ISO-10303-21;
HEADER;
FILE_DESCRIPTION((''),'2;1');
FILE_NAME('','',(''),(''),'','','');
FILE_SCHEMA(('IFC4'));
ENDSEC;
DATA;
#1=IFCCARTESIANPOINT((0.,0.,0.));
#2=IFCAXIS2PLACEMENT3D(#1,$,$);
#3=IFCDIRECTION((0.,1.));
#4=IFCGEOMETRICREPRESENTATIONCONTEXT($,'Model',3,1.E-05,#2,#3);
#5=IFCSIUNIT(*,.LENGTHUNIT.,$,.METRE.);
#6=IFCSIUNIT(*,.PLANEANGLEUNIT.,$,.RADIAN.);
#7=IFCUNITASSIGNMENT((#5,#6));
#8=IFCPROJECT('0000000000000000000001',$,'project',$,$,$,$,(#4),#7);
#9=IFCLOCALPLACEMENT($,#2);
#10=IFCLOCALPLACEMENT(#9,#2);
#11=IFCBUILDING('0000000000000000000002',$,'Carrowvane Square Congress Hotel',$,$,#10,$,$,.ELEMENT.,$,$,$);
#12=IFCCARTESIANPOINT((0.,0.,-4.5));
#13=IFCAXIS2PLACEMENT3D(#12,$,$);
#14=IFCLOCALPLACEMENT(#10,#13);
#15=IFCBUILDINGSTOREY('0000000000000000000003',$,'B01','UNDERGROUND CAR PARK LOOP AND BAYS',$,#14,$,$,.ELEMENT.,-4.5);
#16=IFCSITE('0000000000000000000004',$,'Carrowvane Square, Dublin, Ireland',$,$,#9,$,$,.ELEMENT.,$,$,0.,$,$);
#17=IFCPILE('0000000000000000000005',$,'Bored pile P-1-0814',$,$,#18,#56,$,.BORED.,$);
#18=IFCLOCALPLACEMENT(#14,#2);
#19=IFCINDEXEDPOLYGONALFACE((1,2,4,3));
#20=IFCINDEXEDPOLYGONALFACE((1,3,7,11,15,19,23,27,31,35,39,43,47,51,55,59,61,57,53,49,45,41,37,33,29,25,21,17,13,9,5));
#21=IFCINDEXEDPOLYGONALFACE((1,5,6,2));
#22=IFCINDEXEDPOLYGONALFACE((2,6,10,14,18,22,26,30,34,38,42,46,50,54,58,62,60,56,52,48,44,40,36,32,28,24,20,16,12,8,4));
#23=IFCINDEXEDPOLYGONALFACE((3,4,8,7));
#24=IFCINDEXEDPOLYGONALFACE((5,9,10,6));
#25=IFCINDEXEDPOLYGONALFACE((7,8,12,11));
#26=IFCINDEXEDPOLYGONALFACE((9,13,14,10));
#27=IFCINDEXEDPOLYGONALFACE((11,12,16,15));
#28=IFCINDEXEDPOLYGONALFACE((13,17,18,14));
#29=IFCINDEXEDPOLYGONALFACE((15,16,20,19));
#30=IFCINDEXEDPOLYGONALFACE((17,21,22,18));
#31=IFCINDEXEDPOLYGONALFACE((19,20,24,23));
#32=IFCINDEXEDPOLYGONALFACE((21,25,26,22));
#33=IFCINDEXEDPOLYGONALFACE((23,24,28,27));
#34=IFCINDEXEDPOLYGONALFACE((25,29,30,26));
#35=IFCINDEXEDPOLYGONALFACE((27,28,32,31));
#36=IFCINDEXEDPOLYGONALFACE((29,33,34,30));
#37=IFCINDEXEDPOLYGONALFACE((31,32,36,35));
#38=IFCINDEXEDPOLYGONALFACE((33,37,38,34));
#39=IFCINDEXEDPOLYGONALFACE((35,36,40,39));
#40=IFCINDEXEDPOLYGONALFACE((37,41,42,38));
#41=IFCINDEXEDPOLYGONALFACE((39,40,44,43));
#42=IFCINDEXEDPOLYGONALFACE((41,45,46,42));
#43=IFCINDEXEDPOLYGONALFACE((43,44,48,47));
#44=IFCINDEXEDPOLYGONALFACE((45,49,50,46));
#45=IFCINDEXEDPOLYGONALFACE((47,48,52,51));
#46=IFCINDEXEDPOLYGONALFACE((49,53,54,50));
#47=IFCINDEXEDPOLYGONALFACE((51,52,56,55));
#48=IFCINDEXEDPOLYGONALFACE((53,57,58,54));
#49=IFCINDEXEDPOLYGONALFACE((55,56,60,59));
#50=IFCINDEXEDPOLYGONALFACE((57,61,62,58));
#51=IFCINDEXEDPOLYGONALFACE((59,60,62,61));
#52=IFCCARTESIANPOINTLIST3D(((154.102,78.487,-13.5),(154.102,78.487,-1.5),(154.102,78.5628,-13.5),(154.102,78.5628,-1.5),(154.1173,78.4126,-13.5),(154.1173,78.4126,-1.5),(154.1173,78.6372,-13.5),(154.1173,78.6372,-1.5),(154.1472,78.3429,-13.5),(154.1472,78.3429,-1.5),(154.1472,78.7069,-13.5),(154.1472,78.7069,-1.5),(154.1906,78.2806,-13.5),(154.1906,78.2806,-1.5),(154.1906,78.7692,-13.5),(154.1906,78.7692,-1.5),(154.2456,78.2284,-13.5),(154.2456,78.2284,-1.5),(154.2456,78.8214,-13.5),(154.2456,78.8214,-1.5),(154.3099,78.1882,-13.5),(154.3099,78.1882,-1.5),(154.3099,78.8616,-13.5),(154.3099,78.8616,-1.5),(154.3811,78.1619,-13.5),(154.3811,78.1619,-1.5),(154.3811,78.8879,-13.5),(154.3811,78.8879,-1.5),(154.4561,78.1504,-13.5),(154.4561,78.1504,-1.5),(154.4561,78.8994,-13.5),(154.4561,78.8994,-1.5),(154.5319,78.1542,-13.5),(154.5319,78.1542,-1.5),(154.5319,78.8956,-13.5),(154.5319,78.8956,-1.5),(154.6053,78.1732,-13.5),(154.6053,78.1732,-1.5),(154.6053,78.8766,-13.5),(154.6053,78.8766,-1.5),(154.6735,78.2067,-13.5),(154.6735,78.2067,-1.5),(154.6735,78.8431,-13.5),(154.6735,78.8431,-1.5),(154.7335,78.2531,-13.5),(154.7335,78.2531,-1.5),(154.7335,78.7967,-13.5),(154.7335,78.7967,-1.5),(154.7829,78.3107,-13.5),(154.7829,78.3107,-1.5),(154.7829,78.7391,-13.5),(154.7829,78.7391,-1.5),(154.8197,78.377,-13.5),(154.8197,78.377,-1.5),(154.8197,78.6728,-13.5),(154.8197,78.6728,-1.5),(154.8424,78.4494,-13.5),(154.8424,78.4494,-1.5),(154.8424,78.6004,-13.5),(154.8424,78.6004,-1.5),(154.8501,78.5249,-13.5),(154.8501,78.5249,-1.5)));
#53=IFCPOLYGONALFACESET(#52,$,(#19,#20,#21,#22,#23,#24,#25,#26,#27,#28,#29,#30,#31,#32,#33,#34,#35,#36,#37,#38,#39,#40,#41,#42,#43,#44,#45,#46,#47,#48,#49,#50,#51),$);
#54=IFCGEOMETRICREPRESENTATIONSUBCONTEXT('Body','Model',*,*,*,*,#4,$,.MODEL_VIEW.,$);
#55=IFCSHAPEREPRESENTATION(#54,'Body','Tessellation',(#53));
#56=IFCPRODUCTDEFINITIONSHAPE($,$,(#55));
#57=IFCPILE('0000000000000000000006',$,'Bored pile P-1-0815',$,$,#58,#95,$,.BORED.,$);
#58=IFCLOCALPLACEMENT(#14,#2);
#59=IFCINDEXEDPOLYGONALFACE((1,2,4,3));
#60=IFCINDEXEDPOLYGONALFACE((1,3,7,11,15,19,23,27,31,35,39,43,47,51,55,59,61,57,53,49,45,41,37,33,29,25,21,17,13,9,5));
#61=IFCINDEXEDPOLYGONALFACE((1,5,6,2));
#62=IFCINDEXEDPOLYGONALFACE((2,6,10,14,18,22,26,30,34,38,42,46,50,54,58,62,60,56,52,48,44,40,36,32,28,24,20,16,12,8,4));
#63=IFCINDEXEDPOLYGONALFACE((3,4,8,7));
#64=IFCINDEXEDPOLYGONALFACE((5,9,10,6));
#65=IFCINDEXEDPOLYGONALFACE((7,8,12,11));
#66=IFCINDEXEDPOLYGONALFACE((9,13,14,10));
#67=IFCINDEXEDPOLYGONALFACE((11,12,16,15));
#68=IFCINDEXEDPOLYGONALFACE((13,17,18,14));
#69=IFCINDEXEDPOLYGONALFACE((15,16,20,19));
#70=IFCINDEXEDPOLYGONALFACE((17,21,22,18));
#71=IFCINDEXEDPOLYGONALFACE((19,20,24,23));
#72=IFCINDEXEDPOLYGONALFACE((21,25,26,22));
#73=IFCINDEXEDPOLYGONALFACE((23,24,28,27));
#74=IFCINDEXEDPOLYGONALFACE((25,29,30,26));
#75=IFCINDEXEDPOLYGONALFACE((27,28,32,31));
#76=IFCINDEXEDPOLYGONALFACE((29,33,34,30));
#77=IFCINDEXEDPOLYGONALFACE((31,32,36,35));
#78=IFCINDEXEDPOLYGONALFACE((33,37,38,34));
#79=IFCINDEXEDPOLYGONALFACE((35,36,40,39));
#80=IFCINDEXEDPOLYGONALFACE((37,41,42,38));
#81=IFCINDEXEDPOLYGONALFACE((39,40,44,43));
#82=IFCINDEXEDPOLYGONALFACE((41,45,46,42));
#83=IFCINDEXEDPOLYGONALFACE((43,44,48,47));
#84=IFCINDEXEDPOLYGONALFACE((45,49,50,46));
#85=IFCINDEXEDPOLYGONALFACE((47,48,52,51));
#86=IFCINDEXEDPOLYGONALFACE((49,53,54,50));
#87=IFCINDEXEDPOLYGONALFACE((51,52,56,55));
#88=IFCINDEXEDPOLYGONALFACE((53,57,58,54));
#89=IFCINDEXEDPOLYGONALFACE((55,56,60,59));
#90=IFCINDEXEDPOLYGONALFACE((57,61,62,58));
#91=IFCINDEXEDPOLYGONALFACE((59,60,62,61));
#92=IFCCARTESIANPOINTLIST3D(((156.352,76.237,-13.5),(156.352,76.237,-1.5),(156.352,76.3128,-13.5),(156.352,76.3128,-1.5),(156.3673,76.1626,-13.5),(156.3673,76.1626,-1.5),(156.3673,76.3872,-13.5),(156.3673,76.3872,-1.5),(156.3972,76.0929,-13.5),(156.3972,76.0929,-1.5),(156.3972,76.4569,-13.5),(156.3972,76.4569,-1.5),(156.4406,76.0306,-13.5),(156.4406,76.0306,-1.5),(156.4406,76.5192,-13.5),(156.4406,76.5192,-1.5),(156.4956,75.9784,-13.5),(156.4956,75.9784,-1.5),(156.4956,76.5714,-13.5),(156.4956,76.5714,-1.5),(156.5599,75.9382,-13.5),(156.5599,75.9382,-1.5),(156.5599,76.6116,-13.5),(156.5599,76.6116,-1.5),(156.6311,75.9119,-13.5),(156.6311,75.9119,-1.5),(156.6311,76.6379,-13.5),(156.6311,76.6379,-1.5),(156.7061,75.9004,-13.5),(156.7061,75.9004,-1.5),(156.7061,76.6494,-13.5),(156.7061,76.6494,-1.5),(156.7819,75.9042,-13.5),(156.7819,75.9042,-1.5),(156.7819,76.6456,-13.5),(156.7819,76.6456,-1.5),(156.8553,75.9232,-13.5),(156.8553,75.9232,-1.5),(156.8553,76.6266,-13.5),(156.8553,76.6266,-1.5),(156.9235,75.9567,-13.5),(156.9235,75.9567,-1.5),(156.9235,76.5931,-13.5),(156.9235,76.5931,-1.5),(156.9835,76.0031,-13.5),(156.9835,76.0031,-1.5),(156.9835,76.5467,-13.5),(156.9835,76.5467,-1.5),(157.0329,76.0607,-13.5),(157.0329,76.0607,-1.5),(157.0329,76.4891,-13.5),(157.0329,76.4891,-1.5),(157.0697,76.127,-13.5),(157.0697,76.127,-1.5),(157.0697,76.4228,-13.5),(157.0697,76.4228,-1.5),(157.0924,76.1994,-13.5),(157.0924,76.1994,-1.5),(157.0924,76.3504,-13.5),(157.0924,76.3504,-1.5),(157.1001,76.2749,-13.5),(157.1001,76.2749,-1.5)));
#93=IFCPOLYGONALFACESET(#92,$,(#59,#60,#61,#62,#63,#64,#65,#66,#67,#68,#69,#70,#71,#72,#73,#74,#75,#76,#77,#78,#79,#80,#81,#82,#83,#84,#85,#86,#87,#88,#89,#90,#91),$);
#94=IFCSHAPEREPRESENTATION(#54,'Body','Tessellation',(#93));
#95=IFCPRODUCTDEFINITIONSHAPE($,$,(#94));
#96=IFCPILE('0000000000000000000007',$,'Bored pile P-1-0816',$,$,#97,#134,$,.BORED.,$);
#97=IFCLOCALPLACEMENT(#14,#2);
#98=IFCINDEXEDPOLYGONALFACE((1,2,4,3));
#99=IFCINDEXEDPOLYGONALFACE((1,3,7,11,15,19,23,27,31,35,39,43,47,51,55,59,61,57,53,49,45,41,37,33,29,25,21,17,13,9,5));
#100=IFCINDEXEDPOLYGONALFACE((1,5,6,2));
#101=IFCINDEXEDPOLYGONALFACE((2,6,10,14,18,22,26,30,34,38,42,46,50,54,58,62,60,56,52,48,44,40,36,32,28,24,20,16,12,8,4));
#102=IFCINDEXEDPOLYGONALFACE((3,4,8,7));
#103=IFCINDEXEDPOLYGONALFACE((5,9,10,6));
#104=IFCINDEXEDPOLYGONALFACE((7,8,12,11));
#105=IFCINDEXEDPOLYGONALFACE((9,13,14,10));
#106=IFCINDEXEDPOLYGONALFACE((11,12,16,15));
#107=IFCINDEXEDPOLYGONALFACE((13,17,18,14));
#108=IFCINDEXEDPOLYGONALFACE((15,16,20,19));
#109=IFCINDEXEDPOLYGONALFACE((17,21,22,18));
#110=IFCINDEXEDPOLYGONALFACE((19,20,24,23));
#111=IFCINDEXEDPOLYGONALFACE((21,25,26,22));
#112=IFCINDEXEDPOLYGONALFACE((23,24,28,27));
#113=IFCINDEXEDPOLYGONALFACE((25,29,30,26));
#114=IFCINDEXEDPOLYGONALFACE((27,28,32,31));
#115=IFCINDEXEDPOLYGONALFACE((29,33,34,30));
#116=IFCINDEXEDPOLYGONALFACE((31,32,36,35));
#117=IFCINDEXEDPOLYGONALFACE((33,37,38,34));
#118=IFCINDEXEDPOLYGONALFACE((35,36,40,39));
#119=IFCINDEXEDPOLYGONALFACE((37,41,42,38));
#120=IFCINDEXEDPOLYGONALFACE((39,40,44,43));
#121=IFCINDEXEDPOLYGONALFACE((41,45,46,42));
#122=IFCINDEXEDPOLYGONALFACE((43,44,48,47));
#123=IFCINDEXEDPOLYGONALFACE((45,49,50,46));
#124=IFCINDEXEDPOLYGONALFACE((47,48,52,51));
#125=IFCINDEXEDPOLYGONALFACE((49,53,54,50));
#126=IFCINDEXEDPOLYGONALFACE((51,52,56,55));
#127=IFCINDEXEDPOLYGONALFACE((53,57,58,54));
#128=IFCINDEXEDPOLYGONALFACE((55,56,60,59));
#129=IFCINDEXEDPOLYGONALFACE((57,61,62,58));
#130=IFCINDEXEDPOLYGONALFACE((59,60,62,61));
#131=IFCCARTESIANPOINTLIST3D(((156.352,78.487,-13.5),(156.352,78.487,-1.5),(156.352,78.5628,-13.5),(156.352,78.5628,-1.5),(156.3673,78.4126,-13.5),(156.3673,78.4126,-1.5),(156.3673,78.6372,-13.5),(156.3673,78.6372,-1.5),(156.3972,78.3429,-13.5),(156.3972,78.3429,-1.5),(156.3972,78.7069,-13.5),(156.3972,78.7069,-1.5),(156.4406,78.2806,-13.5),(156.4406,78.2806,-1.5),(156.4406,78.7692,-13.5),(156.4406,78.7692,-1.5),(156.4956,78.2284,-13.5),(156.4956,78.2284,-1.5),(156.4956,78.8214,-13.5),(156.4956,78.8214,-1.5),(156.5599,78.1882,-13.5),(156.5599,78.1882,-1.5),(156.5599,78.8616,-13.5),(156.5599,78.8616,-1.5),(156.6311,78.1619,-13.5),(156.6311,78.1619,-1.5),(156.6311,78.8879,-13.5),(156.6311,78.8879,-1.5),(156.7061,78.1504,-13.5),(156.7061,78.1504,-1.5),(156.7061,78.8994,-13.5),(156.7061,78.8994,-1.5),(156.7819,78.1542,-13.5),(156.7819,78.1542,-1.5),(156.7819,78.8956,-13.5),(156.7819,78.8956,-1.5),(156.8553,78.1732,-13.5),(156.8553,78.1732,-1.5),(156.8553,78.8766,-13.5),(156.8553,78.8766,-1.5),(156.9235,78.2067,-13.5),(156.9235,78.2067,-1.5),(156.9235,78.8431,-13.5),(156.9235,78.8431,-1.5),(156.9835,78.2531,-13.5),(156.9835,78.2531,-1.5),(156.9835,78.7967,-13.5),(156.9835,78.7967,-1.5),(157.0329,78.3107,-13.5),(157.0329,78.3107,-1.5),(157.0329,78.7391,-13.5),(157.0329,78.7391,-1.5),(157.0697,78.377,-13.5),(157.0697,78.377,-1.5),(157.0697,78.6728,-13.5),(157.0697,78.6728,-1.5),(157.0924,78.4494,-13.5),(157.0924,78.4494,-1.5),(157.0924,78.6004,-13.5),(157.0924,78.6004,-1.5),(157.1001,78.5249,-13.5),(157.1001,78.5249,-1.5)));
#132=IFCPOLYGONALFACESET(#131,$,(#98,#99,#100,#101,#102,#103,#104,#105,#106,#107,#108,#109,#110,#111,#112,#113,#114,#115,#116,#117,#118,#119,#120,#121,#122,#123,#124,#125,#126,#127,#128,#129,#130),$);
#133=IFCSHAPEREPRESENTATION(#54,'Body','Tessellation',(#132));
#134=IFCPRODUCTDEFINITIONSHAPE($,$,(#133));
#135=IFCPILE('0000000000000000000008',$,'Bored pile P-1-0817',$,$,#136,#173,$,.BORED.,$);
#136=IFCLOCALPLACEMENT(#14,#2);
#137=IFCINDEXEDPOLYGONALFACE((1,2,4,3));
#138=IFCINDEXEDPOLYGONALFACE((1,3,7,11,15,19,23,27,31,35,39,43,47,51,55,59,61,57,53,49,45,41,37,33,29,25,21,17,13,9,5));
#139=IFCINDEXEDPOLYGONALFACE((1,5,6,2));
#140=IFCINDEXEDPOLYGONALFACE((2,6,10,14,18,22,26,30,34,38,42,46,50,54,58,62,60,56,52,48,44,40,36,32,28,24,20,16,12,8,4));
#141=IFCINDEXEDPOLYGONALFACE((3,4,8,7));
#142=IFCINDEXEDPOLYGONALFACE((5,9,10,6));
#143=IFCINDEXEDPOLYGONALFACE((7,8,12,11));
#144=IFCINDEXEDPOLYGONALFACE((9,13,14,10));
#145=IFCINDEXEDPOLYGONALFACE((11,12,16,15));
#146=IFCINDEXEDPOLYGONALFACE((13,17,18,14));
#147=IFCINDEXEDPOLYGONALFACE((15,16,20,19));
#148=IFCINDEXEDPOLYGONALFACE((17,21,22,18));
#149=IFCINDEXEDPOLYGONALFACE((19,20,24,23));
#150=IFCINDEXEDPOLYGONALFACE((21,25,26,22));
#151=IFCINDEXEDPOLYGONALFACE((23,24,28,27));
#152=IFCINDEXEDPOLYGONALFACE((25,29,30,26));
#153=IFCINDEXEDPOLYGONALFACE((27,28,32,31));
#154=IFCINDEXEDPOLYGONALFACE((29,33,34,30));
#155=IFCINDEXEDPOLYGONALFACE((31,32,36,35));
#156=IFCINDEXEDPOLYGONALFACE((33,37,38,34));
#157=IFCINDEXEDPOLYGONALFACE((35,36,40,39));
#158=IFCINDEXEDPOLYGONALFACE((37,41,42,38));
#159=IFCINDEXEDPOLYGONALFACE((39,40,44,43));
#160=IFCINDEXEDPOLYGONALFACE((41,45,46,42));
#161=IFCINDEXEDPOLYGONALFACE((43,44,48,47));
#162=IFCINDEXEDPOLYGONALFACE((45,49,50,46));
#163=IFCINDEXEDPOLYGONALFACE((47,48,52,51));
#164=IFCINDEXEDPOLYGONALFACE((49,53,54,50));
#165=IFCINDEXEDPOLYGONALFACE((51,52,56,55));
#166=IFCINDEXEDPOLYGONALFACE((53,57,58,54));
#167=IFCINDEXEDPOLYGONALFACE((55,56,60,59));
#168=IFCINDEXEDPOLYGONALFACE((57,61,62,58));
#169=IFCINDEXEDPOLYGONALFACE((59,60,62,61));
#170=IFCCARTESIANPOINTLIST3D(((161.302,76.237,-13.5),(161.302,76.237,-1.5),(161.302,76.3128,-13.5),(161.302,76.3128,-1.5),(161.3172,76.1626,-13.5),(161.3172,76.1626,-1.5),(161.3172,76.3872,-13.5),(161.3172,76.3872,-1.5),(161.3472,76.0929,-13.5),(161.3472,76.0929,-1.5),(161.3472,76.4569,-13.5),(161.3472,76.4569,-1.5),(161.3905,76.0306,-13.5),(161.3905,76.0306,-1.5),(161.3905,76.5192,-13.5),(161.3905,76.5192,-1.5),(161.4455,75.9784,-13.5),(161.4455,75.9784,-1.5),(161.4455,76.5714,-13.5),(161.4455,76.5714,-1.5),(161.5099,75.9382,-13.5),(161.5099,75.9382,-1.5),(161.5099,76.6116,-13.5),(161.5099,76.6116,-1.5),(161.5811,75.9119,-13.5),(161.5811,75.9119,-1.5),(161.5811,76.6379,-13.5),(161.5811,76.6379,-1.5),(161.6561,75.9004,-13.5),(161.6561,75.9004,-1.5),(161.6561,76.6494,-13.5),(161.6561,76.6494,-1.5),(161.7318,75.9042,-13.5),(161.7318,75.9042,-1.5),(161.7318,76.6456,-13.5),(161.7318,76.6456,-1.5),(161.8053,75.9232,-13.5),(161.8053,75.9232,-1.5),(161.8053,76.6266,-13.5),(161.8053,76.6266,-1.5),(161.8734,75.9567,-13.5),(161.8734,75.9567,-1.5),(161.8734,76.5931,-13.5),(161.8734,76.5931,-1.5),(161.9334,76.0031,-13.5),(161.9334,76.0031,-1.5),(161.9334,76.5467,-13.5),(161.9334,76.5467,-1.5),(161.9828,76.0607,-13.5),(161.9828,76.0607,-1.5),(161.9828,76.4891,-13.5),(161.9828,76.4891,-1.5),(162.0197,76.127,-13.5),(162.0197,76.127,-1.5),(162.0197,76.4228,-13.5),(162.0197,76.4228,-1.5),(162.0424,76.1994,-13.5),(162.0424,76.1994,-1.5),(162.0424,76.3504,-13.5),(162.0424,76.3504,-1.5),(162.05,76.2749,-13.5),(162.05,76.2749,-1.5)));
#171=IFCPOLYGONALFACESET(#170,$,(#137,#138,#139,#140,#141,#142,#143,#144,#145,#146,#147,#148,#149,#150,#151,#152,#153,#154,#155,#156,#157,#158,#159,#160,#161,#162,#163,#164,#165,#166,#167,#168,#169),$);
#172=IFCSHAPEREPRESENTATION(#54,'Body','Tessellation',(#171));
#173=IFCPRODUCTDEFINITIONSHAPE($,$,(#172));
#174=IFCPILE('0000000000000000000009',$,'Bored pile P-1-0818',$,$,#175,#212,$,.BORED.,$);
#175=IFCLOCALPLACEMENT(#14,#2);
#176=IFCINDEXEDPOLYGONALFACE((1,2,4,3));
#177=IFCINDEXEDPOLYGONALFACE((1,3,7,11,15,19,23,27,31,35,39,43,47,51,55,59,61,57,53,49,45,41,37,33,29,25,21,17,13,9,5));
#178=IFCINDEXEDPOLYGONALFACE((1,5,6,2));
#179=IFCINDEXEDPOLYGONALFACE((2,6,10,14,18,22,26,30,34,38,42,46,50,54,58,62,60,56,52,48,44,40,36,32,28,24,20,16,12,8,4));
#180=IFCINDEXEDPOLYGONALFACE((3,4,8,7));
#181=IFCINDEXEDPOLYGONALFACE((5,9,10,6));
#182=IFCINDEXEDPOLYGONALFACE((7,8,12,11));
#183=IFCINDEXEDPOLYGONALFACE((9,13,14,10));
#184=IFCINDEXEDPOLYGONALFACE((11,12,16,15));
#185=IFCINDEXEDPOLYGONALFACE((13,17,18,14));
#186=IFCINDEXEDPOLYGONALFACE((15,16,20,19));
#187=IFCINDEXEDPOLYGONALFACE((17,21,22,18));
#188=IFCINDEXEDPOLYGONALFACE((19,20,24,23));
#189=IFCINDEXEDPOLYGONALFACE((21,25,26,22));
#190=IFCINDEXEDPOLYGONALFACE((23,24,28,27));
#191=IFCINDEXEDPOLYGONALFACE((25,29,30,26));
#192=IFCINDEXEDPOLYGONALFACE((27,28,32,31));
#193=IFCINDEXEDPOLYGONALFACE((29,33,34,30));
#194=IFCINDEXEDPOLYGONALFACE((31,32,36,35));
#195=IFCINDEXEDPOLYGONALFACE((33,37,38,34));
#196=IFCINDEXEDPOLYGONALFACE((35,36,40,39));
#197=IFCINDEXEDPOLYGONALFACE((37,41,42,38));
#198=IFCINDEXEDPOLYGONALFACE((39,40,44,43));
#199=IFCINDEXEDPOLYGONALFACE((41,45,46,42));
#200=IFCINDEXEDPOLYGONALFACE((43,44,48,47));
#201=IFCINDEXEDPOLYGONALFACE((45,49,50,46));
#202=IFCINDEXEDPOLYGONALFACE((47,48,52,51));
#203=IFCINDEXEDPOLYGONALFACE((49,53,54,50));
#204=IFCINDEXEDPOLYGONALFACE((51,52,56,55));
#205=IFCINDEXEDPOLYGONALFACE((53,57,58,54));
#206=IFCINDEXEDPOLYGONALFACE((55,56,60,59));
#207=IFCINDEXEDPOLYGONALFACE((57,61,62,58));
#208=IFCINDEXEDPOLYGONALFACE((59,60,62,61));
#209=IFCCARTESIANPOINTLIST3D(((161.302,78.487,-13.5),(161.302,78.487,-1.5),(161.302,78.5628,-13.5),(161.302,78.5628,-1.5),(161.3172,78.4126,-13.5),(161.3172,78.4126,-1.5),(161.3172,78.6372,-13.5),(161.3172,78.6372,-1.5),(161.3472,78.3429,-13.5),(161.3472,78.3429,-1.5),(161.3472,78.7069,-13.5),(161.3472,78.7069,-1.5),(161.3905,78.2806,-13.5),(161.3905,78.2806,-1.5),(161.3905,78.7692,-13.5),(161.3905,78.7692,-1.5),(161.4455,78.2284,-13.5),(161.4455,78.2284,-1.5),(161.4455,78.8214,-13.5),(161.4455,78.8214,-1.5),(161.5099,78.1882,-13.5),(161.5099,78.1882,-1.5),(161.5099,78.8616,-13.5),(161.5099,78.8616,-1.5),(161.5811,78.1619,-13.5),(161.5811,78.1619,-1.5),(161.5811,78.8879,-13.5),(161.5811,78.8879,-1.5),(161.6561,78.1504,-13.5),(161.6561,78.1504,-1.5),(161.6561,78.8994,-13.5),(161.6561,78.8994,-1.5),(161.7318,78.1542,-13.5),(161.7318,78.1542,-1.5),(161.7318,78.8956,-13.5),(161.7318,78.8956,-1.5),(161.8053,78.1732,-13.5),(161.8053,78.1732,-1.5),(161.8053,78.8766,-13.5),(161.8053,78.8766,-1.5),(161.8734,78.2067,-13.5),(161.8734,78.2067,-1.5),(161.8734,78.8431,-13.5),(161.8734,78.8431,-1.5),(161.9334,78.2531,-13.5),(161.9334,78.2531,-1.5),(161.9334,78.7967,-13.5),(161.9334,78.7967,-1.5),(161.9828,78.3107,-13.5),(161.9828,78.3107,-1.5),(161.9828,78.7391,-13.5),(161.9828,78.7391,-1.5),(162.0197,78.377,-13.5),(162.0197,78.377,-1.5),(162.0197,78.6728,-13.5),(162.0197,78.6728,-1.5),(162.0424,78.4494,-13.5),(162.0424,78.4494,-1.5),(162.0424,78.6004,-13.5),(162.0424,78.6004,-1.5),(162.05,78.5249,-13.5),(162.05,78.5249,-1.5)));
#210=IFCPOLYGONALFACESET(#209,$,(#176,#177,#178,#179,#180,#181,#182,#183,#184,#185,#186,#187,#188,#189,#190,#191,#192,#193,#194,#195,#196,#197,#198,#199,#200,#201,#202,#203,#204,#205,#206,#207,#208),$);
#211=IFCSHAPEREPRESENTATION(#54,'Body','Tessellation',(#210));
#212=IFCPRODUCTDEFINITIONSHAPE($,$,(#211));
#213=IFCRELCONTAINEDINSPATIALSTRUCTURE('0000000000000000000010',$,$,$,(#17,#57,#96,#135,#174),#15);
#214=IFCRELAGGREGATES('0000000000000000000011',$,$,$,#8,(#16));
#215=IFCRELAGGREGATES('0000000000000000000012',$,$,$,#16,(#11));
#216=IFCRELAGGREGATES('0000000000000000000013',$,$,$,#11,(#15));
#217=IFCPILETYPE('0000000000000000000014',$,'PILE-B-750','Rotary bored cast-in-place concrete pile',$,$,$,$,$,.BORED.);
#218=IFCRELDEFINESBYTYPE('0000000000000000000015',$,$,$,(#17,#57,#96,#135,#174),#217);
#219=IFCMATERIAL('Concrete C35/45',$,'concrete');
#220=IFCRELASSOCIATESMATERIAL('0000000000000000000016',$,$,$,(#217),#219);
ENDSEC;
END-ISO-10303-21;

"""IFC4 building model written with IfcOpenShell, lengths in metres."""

from ifc_helpers import new_model, si_unit, direction, frame, origin, origin_2d, place, context, subcontext, project, spatial, circle, extrude, material, material_profile, profile_set, type_object, element, save


model = new_model("IFC4")

# Units and contexts
model_context = context("Model", 3, precision=1e-05, world=origin(), true_north=direction((0.0, 1.0)))
body_context = subcontext(model_context, "Body", "Model", "MODEL_VIEW")
ifc_project = project(units=[si_unit("LENGTHUNIT", "METRE"), si_unit("PLANEANGLEUNIT", "RADIAN")], contexts=[model_context])

# Site, building, storey
site_placement = place(None, origin())
site = spatial("IfcSite", under=ifc_project, at=site_placement, Name="Carrowvane Square, Dublin, Ireland", CompositionType="ELEMENT", RefElevation=0.0)
building_placement = place(site_placement, origin())
building = spatial("IfcBuilding", under=site, at=building_placement, Name="Carrowvane Square Congress Hotel", CompositionType="ELEMENT")
storey_placement = place(building_placement, frame((0.0, 0.0, -4.5)))
storey = spatial("IfcBuildingStorey", under=building, at=storey_placement, Name="B01", Description="UNDERGROUND CAR PARK LOOP AND BAYS", CompositionType="ELEMENT", Elevation=-4.5)

# Piles
ifc_material_1 = material(Name="Concrete C35/45", Category="concrete")
ifc_material_profile_1 = material_profile(ifc_material_1, circle(Radius=0.375, at=origin_2d()), Name="PILE D750")
ifc_profile_set_1 = profile_set([ifc_material_profile_1], Name="Concrete C35/45")
pile_type = type_object("IfcPileType", Name="PILE-B-750", Description="Rotary bored cast-in-place concrete pile", PredefinedType="BORED", material=ifc_profile_set_1)
for number, where, z_axis, x_axis, name in (
    (1, (154.4751, 78.5249, -1.5), (0.0, 0.0, -1.0), (1.0, 0.0, 0.0), "Bored pile P-1-0814"),
    (2, (156.7251, 76.2749, -1.5), (0.0, 0.0, -1.0), (1.0, 0.0, 0.0), "Bored pile P-1-0815"),
    (3, (156.7251, 78.5249, -1.5), (0.0, 0.0, -1.0), (1.0, 0.0, 0.0), "Bored pile P-1-0816"),
    (4, (161.675, 76.2749, -1.5), (0.0, 0.0, -1.0), (1.0, 0.0, 0.0), "Bored pile P-1-0817"),
    (5, (161.675, 78.5249, -1.5), (0.0, 0.0, -1.0), (1.0, 0.0, 0.0), "Bored pile P-1-0818"),
):
    element("IfcPile", number, at=place(storey_placement, frame(where, z_axis=z_axis, x_axis=x_axis)), inside=storey, type_object=pile_type, Name=name, PredefinedType="BORED", context=body_context, shape_type="SweptSolid", body=[
        extrude(circle(Radius=0.375, at=origin_2d()), origin(), (0.0, 0.0, 1.0), 12.0),
    ])

save(model, "model.ifc")
